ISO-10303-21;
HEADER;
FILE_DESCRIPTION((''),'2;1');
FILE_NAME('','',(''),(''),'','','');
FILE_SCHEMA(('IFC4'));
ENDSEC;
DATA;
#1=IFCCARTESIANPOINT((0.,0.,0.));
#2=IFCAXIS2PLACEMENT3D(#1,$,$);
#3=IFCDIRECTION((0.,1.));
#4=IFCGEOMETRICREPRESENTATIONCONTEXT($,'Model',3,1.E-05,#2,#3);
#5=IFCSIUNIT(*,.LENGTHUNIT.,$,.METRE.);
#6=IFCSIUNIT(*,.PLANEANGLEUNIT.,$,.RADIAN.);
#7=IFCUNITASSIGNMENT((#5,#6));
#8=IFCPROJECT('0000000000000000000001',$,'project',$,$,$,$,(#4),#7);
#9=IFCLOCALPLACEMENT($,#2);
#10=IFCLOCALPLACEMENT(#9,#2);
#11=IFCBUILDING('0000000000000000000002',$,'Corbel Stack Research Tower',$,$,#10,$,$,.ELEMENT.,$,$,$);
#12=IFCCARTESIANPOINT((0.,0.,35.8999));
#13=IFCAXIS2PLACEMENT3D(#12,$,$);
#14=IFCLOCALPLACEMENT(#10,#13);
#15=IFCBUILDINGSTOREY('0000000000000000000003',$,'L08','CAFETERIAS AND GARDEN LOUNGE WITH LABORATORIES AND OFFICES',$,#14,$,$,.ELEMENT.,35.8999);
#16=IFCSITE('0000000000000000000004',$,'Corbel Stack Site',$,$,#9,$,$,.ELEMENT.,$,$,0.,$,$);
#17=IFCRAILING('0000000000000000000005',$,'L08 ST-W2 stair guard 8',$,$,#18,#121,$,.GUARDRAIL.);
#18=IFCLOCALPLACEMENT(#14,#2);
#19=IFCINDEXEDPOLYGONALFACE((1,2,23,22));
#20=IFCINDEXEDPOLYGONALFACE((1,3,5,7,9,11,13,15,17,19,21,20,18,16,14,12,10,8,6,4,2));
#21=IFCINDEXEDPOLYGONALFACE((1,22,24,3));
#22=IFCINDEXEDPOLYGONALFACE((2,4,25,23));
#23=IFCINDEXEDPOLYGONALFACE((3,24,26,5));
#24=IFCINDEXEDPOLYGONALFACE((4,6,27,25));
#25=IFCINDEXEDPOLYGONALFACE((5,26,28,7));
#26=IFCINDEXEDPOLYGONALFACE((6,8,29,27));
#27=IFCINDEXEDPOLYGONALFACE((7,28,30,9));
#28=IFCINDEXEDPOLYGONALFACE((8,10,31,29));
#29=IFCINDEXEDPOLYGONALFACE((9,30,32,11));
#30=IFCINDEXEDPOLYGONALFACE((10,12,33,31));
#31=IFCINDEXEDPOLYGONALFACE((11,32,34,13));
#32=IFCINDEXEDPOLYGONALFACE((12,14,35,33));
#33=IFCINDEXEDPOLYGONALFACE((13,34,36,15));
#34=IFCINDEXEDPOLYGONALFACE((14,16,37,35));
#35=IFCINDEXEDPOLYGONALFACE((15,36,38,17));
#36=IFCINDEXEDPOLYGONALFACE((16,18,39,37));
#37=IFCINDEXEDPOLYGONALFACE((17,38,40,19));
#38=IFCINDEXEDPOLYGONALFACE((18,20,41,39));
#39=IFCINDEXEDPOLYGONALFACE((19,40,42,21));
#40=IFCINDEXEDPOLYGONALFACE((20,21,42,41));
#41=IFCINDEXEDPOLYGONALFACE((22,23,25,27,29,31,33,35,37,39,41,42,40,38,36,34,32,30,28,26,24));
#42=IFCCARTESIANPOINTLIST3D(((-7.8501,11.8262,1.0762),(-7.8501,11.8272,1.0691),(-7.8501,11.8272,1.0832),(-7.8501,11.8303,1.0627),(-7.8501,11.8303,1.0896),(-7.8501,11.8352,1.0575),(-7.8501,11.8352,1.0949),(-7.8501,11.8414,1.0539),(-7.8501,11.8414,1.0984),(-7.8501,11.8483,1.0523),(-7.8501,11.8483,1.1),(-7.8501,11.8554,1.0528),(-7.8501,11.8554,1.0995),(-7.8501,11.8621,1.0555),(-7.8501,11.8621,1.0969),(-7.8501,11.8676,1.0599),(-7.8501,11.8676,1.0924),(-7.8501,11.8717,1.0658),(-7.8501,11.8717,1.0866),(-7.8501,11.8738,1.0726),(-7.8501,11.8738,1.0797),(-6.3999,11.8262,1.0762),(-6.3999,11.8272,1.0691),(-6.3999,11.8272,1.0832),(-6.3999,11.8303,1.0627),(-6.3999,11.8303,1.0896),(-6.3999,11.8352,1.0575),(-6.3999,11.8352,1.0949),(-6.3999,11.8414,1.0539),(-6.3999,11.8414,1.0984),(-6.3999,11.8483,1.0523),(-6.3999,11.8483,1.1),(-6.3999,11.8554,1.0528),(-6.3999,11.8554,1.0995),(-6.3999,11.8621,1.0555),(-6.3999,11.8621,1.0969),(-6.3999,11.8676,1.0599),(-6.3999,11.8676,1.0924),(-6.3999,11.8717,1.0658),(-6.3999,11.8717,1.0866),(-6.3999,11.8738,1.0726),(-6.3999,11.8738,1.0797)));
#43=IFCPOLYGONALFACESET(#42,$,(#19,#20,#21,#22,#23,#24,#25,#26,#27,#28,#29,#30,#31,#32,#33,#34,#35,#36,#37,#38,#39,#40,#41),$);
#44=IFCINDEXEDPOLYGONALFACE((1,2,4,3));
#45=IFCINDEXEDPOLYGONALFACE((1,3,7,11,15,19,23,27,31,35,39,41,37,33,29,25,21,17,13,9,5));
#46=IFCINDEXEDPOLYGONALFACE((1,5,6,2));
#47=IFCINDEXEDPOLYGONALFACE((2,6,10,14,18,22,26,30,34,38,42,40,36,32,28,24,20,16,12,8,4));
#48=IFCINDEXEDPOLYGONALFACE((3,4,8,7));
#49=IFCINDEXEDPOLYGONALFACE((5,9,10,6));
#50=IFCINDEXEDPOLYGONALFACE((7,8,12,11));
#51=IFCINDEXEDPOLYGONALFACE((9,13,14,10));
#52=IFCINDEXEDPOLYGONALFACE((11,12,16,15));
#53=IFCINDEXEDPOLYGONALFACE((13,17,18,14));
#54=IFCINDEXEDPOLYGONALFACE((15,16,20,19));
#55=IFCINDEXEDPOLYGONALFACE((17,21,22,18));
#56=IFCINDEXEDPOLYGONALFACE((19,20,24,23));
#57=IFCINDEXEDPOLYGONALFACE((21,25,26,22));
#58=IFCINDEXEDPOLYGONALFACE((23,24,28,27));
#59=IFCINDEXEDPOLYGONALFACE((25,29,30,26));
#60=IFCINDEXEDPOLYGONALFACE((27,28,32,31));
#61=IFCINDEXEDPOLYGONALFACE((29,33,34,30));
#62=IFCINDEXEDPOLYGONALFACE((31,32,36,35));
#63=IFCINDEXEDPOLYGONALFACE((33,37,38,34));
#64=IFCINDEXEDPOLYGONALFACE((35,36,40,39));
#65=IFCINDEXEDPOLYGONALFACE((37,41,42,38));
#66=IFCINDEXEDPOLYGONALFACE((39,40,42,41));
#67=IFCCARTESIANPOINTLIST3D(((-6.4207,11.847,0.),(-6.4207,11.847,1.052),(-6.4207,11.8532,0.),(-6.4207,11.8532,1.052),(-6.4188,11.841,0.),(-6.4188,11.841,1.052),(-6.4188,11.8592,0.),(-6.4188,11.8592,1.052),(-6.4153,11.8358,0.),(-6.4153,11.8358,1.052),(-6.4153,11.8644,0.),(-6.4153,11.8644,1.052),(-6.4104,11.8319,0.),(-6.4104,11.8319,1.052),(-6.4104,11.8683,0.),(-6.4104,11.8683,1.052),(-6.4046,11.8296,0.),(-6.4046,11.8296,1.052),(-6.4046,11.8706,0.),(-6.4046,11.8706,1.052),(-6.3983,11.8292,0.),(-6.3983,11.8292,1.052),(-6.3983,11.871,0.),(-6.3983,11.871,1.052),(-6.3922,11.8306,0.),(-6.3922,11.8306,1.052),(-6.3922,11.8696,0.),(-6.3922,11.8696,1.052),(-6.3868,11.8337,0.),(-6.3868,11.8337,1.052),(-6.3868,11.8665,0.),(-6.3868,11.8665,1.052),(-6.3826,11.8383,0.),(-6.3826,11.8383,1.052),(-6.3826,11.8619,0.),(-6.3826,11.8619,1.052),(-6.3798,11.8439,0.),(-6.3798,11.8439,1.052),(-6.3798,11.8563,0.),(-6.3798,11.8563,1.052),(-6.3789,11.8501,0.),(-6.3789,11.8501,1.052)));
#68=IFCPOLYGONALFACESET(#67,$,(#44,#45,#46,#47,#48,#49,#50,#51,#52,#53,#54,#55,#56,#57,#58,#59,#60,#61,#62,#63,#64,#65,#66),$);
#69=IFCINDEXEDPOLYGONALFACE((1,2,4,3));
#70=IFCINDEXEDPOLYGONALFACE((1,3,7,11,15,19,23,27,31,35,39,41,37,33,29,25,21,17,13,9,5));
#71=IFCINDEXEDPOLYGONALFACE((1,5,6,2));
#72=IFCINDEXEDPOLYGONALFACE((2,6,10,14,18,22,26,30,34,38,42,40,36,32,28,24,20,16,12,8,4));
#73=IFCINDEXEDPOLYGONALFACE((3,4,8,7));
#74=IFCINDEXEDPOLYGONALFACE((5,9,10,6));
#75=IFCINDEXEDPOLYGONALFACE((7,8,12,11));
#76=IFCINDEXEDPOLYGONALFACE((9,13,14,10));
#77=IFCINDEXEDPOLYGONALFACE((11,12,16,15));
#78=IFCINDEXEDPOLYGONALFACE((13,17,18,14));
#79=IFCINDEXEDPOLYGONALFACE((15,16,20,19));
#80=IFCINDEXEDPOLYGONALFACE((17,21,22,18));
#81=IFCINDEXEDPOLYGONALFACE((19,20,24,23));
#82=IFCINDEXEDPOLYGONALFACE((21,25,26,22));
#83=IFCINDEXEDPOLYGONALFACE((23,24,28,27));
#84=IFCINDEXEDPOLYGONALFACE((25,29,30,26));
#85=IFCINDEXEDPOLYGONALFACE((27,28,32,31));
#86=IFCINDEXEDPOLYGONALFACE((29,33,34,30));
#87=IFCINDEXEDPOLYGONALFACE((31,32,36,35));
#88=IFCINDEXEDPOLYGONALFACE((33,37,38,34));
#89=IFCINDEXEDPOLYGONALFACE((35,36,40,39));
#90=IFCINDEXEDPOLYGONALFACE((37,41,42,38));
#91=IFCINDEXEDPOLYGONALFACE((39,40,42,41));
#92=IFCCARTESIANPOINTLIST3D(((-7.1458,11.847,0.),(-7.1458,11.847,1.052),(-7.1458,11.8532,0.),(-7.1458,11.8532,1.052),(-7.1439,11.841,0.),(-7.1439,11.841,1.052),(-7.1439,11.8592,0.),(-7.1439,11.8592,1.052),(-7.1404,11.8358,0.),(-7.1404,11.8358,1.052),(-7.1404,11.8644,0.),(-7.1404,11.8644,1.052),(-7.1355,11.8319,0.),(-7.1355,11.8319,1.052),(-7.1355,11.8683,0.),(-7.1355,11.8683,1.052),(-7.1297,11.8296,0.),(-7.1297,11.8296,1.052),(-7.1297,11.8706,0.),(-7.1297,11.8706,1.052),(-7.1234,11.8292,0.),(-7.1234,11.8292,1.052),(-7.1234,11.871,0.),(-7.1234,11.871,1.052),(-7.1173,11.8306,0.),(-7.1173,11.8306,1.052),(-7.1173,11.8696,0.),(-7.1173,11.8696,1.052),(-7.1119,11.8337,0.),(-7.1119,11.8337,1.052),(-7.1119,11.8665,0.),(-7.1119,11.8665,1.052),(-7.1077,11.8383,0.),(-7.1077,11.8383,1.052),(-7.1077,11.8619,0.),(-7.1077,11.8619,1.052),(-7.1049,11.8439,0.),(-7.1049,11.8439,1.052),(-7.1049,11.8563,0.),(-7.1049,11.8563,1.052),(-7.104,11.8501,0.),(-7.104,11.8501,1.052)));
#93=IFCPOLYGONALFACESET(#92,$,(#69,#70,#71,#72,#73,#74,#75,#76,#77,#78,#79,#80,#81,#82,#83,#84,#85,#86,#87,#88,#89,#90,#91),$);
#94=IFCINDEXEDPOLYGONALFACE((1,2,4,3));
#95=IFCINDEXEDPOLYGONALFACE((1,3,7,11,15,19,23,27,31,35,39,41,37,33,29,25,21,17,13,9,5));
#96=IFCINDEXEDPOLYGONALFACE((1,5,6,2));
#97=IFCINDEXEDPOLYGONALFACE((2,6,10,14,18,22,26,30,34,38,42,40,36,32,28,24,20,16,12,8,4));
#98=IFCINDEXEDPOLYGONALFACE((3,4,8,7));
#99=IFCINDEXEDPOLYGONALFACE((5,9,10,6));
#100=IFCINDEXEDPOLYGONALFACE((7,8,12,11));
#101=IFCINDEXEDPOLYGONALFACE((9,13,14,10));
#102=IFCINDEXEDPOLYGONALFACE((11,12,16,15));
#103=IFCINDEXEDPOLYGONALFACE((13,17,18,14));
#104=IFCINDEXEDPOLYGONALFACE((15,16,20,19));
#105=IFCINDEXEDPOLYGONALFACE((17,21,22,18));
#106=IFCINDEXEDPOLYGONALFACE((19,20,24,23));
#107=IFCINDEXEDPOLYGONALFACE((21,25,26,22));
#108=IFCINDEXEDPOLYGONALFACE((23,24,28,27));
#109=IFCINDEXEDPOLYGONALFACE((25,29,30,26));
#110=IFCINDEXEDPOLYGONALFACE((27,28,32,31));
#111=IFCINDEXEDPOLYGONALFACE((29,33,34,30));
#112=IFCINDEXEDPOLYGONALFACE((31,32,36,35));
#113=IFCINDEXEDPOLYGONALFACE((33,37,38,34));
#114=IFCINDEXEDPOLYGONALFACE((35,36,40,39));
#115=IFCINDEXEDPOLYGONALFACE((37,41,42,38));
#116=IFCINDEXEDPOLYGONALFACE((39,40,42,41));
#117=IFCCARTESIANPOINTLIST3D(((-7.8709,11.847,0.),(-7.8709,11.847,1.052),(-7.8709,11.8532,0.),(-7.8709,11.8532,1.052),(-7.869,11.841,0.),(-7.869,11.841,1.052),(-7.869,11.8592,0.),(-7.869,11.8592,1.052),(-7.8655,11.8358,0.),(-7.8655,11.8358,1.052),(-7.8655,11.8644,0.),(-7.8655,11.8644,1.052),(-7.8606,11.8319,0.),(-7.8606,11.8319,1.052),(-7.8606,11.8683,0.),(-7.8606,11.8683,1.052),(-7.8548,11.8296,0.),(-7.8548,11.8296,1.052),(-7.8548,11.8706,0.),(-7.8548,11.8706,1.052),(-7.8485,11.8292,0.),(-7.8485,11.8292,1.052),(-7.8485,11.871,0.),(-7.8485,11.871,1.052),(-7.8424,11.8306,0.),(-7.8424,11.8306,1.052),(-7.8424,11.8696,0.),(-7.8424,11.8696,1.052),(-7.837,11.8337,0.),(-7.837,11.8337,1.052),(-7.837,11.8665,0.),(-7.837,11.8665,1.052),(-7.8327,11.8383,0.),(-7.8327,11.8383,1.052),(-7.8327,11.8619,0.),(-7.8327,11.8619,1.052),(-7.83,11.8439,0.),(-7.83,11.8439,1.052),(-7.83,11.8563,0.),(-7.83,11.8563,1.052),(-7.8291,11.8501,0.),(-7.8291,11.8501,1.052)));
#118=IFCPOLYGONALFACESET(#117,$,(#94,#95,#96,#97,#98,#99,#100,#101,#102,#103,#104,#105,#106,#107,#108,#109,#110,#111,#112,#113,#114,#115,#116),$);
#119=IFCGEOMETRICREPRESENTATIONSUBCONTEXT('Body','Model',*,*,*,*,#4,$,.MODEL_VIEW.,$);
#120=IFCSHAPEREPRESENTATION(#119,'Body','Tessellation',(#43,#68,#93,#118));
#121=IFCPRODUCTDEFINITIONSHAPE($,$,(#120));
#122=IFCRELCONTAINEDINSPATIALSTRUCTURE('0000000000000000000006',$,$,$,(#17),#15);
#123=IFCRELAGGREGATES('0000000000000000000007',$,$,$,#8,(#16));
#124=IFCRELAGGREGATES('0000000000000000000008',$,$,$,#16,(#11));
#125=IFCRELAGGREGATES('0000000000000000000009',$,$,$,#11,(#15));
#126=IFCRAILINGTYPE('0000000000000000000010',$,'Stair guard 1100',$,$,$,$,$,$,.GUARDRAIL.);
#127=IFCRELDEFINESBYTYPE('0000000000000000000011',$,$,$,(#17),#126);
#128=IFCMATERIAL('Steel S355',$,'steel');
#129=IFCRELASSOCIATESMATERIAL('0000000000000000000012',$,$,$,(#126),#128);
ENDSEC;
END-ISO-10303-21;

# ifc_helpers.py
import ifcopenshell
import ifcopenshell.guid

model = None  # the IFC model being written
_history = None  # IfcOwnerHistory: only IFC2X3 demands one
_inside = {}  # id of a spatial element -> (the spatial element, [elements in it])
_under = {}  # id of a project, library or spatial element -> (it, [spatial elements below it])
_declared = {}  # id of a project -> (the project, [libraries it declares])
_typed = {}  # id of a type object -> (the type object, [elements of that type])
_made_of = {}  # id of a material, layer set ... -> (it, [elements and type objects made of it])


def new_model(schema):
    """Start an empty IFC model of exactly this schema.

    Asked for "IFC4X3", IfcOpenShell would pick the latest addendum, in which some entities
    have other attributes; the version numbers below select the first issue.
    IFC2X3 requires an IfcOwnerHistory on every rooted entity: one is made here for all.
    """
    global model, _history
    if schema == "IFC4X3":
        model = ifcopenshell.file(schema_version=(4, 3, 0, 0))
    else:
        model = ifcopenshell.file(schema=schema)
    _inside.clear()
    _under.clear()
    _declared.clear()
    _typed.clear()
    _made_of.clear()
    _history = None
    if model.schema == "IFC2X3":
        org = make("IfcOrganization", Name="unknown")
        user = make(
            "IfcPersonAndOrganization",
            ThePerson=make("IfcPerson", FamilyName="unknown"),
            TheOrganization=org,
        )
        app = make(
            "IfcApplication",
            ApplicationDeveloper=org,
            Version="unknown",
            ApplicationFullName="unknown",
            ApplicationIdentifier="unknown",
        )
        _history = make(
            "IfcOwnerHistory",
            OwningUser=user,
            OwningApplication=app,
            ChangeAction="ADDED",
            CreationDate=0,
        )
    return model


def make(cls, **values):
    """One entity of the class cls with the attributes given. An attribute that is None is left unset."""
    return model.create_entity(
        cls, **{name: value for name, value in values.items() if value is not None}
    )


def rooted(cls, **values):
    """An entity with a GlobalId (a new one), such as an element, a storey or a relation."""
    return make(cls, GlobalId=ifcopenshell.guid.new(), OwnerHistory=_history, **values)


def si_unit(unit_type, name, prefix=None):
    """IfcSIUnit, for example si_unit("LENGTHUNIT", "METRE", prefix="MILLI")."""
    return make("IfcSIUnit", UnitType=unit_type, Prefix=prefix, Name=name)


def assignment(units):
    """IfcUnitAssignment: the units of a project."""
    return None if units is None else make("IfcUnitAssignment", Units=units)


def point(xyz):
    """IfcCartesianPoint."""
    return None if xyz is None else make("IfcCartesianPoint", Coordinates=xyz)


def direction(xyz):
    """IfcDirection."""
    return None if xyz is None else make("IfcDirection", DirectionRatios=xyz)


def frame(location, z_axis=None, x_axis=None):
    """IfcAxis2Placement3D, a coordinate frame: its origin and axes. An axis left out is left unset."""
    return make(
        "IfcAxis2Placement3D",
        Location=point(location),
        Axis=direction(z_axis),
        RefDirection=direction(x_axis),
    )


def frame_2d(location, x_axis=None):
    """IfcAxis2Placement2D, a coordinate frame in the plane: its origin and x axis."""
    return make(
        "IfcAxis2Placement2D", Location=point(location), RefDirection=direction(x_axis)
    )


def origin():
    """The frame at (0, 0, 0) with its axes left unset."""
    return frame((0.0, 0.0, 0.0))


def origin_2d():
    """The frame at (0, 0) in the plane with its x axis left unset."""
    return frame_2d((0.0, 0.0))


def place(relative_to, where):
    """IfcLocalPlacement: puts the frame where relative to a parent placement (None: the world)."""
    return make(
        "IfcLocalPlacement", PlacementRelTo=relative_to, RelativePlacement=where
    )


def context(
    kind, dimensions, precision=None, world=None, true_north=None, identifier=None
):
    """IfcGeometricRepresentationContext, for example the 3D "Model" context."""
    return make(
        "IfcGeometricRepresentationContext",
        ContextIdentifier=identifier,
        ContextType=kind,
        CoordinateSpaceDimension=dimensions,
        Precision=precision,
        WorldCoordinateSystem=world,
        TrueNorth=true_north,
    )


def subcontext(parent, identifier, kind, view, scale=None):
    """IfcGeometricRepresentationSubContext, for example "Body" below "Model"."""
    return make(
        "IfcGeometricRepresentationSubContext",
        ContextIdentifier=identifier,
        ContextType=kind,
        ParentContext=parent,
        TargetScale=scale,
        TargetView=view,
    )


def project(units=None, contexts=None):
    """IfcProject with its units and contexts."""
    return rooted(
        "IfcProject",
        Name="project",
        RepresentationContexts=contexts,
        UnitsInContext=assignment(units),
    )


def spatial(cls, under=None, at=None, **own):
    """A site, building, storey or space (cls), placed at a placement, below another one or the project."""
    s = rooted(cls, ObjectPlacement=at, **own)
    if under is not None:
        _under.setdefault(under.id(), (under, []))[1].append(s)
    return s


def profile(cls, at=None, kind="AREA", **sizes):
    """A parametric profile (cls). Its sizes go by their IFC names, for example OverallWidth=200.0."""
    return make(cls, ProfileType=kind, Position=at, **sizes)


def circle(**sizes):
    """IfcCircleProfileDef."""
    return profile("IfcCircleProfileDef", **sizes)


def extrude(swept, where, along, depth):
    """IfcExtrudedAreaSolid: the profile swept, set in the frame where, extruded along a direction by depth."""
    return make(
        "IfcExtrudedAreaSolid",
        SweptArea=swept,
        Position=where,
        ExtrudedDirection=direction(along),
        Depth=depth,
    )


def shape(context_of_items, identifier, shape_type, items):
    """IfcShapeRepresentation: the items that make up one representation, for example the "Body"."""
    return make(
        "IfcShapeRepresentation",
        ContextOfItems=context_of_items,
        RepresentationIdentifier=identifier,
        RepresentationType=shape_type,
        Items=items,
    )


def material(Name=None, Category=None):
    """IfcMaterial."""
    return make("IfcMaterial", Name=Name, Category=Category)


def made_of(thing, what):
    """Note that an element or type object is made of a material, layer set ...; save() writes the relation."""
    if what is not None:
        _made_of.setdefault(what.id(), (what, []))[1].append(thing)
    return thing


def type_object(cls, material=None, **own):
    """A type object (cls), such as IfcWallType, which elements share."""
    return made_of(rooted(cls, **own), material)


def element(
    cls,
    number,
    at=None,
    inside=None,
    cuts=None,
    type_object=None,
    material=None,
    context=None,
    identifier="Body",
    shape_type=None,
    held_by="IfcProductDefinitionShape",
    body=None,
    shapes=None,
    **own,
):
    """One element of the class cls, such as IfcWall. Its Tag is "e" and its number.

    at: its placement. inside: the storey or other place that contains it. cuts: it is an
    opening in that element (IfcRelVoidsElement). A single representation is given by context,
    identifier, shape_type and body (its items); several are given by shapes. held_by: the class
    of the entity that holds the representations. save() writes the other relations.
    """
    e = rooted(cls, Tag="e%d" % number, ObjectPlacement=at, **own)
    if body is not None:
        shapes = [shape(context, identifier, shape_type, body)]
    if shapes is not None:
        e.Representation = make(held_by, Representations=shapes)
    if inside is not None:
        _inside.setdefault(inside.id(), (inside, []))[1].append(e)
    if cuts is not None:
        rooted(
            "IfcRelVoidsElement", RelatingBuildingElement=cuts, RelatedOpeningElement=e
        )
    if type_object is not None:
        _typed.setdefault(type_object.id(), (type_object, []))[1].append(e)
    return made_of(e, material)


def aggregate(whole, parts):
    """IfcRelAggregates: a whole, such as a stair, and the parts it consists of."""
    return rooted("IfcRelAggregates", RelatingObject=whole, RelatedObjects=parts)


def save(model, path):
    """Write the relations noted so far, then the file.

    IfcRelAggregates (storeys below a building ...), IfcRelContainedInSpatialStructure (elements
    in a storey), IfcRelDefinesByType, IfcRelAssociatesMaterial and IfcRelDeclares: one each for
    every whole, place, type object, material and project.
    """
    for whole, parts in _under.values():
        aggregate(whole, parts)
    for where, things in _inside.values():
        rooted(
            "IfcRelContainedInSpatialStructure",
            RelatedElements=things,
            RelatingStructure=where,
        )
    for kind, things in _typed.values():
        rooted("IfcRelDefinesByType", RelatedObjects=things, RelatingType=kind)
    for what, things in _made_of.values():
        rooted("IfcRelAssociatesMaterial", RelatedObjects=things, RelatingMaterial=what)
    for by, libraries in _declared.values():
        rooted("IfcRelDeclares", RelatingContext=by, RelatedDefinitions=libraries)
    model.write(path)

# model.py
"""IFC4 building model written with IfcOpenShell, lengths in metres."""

from ifc_helpers import new_model, si_unit, direction, frame, origin, origin_2d, place, context, subcontext, project, spatial, circle, extrude, material, type_object, element, save


model = new_model("IFC4")

# Units and contexts
model_context = context("Model", 3, precision=1e-05, world=origin(), true_north=direction((0.0, 1.0)))
body_context = subcontext(model_context, "Body", "Model", "MODEL_VIEW")
ifc_project = project(units=[si_unit("LENGTHUNIT", "METRE"), si_unit("PLANEANGLEUNIT", "RADIAN")], contexts=[model_context])

# Site, building, storey
site_placement = place(None, origin())
site = spatial("IfcSite", under=ifc_project, at=site_placement, Name="Corbel Stack Site", CompositionType="ELEMENT", RefElevation=0.0)
building_placement = place(site_placement, origin())
building = spatial("IfcBuilding", under=site, at=building_placement, Name="Corbel Stack Research Tower", CompositionType="ELEMENT")
storey_placement = place(building_placement, frame((0.0, 0.0, 35.8999)))
storey = spatial("IfcBuildingStorey", under=building, at=storey_placement, Name="L08", Description="CAFETERIAS AND GARDEN LOUNGE WITH LABORATORIES AND OFFICES", CompositionType="ELEMENT", Elevation=35.8999)

# Railing
ifc_material_1 = material(Name="Steel S355", Category="steel")
railing_type_1 = type_object("IfcRailingType", Name="Stair guard 1100", PredefinedType="GUARDRAIL", material=ifc_material_1)
railing_1_placement = place(storey_placement, frame((-6.3999, 11.8501, 0.0)))
element("IfcRailing", 1, at=railing_1_placement, inside=storey, type_object=railing_type_1, Name="L08 ST-W2 stair guard 8", PredefinedType="GUARDRAIL", context=body_context, shape_type="SweptSolid", body=[
    extrude(circle(Radius=0.0239, at=origin_2d()), frame((0.0, 0.0, 1.0762), z_axis=(-1.0, 0.0, 0.0), x_axis=(0.0, -1.0, 0.0)), (0.0, 0.0, 1.0), 1.4502),
    extrude(circle(Radius=0.021, at=origin_2d()), origin(), (0.0, 0.0, 1.0), 1.052),
    extrude(circle(Radius=0.021, at=origin_2d()), frame((-0.7251, 0.0, 0.0)), (0.0, 0.0, 1.0), 1.052),
    extrude(circle(Radius=0.021, at=origin_2d()), frame((-1.4502, 0.0, 0.0)), (0.0, 0.0, 1.0), 1.052),
])

save(model, "model.ifc")
